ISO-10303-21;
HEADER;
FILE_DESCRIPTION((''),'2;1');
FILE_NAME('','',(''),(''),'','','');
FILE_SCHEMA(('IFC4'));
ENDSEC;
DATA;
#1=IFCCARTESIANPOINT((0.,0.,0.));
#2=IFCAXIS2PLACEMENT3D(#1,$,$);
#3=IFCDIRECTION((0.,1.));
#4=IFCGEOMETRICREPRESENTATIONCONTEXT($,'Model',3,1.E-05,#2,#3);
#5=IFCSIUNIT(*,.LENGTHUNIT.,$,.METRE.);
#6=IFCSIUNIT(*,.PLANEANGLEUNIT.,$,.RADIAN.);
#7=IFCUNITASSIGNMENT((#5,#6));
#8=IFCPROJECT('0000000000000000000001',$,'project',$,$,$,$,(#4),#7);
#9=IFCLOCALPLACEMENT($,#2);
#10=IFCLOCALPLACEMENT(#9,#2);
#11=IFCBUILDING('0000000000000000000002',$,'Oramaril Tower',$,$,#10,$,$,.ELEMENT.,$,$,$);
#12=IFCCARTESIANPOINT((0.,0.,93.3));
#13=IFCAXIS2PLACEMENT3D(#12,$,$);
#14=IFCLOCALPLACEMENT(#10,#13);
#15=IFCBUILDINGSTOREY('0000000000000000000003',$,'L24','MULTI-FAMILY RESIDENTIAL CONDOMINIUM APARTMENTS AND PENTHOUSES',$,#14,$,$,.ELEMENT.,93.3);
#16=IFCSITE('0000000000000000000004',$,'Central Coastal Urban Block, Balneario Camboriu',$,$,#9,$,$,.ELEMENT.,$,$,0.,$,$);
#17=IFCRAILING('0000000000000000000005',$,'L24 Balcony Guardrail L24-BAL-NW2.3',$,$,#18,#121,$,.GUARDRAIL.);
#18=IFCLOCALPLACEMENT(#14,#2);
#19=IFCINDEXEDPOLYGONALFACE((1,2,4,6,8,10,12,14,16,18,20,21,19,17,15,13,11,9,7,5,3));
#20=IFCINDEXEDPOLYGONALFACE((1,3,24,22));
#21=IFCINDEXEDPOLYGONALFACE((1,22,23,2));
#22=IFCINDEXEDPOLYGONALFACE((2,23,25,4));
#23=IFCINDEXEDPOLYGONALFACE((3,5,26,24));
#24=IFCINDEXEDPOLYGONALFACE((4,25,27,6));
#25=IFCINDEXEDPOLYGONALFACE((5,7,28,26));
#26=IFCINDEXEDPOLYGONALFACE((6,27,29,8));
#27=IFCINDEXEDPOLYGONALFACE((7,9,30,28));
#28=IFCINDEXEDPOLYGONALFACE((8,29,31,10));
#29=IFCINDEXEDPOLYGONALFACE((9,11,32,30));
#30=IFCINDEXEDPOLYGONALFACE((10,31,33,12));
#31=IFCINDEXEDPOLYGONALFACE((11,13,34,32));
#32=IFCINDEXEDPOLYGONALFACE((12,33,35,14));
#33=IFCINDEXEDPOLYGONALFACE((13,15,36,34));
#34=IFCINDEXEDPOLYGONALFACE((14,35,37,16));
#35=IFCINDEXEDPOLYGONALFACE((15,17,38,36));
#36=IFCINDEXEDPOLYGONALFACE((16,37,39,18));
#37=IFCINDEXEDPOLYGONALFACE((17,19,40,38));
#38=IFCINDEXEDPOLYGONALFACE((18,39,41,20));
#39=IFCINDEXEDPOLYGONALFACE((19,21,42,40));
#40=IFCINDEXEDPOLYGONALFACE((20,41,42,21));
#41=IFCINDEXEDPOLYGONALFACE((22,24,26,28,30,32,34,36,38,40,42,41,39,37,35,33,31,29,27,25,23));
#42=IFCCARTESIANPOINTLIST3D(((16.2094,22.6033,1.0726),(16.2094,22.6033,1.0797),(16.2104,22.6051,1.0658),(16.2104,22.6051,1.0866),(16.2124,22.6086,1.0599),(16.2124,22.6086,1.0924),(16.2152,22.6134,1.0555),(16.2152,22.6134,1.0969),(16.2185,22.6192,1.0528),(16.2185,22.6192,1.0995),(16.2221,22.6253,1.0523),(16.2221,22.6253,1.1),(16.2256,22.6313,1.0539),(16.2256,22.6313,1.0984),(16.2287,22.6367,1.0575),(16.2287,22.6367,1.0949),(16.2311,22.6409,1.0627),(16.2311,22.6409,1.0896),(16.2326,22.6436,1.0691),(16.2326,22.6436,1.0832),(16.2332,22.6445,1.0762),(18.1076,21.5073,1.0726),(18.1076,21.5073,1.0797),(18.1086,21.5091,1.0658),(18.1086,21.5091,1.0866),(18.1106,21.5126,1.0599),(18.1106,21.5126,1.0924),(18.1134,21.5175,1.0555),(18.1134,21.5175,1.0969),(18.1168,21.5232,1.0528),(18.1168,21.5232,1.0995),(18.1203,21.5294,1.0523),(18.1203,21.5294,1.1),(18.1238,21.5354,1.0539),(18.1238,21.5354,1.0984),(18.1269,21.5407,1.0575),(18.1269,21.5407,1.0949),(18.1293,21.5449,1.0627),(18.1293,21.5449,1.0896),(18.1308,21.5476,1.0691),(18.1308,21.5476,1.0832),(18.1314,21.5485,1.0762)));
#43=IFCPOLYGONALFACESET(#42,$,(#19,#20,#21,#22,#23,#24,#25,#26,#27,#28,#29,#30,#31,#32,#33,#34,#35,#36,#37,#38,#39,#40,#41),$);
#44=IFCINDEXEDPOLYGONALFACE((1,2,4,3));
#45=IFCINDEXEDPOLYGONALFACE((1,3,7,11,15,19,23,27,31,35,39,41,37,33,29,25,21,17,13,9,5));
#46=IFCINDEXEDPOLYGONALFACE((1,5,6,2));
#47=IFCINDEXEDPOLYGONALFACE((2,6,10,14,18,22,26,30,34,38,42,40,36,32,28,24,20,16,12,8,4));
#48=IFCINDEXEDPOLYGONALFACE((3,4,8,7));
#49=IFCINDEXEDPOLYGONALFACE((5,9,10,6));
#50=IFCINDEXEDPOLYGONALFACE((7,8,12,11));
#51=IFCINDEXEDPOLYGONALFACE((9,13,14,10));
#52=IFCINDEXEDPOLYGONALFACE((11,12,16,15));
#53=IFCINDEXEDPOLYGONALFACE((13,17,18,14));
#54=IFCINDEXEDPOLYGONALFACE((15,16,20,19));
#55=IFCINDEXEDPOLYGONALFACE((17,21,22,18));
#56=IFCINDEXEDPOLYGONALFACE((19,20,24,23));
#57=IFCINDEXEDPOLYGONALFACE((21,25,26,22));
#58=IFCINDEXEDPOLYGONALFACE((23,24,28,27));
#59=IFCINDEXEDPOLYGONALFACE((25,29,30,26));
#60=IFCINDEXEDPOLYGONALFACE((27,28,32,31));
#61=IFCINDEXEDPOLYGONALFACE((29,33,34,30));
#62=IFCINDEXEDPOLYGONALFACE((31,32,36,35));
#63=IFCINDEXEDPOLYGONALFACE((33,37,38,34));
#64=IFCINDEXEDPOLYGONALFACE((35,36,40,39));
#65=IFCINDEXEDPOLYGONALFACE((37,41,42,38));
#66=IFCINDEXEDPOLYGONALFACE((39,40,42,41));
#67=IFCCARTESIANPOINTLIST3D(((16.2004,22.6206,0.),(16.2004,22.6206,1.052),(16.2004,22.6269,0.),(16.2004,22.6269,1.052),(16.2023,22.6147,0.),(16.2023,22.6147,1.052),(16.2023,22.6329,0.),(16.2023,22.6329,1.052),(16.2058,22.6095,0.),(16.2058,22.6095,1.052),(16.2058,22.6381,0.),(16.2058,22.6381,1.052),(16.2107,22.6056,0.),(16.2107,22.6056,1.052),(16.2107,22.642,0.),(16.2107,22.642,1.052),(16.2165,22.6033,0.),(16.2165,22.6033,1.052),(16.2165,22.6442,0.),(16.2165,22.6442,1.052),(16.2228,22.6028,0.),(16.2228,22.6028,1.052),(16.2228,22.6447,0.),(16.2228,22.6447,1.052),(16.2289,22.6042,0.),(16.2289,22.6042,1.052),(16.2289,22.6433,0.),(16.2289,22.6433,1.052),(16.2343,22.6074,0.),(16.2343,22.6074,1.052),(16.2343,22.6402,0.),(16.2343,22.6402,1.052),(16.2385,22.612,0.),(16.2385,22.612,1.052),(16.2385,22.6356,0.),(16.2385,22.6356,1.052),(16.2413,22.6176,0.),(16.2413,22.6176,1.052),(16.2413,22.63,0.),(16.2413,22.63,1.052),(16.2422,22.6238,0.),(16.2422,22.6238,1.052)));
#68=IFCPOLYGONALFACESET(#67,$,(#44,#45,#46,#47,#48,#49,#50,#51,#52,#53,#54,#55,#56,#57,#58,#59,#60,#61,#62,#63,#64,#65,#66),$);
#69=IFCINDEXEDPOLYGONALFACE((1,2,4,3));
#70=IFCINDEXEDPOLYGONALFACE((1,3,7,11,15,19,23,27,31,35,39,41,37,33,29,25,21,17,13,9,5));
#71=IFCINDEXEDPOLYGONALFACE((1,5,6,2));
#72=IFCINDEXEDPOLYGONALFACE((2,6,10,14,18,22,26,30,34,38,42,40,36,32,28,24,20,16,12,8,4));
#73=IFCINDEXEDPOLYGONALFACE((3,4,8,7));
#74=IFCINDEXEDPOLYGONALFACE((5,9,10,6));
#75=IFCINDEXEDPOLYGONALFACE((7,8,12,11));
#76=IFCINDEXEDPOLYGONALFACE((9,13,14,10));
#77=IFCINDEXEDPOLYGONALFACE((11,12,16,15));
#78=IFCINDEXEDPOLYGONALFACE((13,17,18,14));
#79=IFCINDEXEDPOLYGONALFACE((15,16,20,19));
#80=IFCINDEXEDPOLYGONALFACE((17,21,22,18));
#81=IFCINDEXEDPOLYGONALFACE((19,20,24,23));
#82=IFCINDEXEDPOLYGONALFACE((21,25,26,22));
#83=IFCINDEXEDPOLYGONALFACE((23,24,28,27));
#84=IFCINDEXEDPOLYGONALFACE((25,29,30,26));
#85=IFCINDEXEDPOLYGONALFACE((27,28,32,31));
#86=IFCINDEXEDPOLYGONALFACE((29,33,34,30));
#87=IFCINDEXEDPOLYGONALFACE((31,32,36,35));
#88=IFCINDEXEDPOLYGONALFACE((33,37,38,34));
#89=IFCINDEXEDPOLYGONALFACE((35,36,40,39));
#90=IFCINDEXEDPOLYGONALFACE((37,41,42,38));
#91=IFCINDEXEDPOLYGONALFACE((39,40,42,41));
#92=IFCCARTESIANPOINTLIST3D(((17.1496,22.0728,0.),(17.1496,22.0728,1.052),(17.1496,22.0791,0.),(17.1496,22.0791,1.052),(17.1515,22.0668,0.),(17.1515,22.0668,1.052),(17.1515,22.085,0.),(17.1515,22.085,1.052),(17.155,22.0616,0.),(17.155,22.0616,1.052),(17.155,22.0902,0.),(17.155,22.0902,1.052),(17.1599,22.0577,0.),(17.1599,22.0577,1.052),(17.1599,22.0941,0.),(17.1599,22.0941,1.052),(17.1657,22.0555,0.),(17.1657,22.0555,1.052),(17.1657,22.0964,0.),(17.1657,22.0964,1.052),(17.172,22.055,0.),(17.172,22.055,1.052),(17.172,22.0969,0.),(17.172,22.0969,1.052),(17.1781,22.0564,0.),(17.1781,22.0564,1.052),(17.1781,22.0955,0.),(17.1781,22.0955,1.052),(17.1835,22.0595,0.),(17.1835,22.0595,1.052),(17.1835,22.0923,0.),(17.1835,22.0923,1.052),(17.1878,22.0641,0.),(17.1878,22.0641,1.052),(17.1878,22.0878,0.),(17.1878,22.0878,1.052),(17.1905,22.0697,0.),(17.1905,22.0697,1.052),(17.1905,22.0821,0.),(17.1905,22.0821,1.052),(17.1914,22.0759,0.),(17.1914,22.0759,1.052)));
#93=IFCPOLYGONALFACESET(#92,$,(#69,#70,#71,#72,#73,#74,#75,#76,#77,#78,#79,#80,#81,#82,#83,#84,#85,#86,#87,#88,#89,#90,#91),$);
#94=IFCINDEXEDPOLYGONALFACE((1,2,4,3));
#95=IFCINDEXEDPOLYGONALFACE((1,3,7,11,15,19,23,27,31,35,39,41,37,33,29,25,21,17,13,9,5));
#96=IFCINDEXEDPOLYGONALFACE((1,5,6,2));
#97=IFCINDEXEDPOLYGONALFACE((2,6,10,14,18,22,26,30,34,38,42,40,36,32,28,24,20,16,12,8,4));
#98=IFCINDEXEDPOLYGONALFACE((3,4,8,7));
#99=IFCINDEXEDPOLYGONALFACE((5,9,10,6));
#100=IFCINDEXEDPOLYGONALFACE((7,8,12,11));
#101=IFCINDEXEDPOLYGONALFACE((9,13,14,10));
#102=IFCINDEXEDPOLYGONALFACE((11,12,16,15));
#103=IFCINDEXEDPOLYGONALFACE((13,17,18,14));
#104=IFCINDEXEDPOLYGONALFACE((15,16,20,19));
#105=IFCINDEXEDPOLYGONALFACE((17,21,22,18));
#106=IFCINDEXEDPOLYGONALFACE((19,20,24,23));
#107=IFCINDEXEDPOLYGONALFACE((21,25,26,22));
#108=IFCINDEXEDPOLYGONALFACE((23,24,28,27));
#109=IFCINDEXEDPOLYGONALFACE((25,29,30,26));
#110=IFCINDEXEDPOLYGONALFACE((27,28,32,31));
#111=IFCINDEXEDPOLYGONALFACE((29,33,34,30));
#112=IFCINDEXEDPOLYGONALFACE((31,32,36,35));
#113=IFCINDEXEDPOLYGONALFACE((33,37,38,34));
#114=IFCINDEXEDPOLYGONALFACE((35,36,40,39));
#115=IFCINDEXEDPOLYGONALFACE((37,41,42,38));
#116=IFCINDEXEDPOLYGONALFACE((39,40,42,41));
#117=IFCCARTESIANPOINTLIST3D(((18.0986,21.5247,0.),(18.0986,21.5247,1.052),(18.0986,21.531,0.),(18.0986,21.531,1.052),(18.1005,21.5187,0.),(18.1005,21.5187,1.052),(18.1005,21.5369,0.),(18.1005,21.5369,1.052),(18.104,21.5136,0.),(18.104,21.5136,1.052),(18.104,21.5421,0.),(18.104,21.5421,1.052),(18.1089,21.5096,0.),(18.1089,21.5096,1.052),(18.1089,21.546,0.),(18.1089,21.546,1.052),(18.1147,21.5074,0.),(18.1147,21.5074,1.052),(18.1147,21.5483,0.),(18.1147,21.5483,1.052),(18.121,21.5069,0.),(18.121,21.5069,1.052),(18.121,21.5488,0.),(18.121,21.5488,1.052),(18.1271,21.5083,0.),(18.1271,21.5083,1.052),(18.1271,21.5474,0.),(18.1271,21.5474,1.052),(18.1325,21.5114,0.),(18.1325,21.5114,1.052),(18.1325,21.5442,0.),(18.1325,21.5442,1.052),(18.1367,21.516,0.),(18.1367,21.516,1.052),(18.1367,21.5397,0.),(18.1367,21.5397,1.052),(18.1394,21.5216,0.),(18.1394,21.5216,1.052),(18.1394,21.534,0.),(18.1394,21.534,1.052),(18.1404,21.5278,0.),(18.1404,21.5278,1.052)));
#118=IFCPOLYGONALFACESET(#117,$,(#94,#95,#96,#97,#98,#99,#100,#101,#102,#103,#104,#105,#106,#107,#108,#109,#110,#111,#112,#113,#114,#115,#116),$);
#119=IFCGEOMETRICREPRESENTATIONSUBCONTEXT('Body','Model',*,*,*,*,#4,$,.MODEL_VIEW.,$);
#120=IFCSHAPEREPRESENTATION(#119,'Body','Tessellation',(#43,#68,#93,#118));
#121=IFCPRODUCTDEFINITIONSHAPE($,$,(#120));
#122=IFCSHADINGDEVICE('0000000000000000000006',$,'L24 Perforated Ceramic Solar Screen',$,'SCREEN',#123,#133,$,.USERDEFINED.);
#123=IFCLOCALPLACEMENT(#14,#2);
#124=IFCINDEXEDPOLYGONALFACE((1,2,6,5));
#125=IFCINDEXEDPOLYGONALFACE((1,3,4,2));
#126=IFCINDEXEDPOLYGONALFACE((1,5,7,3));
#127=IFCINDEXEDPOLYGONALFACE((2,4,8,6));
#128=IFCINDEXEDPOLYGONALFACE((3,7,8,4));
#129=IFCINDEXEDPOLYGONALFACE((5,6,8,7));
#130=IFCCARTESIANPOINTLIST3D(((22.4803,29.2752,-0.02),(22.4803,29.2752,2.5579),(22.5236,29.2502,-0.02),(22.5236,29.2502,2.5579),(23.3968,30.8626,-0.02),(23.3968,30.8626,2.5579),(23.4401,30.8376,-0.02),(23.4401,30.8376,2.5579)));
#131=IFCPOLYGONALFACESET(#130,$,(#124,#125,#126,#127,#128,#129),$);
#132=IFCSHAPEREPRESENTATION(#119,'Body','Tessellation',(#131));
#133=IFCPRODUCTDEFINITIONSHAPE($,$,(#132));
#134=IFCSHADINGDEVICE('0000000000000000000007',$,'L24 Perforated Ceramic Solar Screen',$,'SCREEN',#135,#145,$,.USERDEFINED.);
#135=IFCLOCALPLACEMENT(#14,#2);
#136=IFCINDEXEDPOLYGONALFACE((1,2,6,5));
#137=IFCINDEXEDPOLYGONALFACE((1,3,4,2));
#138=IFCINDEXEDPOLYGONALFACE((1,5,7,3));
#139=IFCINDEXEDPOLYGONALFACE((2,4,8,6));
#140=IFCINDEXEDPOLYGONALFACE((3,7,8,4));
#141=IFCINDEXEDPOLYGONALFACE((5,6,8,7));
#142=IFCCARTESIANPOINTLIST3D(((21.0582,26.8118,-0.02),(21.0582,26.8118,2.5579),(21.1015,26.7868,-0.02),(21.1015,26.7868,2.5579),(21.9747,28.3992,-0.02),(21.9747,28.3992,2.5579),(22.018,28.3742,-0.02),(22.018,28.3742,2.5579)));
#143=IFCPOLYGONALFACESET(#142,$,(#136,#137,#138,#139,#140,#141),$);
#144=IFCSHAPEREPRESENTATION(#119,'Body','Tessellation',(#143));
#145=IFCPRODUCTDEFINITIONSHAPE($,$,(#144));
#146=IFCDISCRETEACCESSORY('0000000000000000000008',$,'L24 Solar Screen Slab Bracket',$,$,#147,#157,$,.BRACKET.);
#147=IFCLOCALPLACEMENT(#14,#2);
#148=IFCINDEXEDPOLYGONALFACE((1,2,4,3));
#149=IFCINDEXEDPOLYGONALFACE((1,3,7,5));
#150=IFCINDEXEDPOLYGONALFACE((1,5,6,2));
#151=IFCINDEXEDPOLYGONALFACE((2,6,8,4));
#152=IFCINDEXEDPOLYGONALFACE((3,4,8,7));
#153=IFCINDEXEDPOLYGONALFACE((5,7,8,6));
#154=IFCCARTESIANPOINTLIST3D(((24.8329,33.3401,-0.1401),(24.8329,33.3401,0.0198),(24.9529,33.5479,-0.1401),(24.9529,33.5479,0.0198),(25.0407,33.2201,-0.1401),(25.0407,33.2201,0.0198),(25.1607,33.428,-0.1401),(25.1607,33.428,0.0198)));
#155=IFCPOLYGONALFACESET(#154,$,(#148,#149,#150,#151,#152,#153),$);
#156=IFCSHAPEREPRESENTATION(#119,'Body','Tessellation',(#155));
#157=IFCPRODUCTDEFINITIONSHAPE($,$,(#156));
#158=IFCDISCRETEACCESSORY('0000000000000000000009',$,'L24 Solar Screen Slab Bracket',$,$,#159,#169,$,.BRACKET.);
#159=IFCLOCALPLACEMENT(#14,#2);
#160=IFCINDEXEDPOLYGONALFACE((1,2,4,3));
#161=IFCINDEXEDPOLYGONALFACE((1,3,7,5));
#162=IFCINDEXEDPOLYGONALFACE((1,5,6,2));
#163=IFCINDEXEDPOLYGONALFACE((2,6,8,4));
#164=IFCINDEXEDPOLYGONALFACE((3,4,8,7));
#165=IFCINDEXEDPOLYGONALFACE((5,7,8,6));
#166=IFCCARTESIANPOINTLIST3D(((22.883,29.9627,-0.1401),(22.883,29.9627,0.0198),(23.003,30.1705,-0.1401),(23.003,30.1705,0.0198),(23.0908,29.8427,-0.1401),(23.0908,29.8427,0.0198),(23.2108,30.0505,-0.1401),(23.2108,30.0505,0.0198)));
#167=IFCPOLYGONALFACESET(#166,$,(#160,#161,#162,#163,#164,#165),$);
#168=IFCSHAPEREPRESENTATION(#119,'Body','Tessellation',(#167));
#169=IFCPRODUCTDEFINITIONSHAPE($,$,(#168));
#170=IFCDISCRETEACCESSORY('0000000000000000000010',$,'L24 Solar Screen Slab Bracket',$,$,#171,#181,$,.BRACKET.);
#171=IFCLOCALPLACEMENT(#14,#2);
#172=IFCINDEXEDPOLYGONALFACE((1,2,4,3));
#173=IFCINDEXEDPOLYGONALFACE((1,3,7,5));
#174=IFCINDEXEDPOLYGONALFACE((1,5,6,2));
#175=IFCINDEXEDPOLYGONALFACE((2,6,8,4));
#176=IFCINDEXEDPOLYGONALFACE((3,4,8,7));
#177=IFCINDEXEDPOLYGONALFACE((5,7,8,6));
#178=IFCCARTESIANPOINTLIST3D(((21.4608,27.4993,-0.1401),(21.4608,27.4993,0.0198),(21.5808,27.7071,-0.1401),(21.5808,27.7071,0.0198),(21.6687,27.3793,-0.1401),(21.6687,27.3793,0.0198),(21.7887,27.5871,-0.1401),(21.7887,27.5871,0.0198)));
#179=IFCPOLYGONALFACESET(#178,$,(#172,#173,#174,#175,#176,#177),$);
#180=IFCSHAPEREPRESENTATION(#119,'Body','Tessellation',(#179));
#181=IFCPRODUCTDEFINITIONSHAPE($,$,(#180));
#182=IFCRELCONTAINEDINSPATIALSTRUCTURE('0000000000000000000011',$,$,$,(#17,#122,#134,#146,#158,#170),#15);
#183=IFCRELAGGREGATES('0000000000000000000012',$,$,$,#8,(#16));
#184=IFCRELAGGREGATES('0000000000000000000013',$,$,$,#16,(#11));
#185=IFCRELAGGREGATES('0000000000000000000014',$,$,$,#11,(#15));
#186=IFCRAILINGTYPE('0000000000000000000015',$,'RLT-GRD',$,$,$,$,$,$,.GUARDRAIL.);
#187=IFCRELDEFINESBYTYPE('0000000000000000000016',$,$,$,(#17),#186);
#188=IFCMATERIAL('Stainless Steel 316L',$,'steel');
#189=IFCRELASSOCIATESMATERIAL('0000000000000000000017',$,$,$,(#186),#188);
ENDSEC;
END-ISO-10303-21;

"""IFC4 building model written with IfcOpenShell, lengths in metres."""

from ifc_helpers import new_model, si_unit, direction, frame, origin, origin_2d, place, context, subcontext, project, spatial, rectangle, circle, extrude, material, type_object, element, save


model = new_model("IFC4")

# Units and contexts
model_context = context("Model", 3, precision=1e-05, world=origin(), true_north=direction((0.0, 1.0)))
body_context = subcontext(model_context, "Body", "Model", "MODEL_VIEW")
ifc_project = project(units=[si_unit("LENGTHUNIT", "METRE"), si_unit("PLANEANGLEUNIT", "RADIAN")], contexts=[model_context])

# Site, building, storey
site_placement = place(None, origin())
site = spatial("IfcSite", under=ifc_project, at=site_placement, Name="Central Coastal Urban Block, Balneario Camboriu", CompositionType="ELEMENT", RefElevation=0.0)
building_placement = place(site_placement, origin())
building = spatial("IfcBuilding", under=site, at=building_placement, Name="Oramaril Tower", CompositionType="ELEMENT")
storey_placement = place(building_placement, frame((0.0, 0.0, 93.3)))
storey = spatial("IfcBuildingStorey", under=building, at=storey_placement, Name="L24", Description="MULTI-FAMILY RESIDENTIAL CONDOMINIUM APARTMENTS AND PENTHOUSES", CompositionType="ELEMENT", Elevation=93.3)

# Railing
ifc_material_1 = material(Name="Stainless Steel 316L", Category="steel")
railing_type = type_object("IfcRailingType", Name="RLT-GRD", PredefinedType="GUARDRAIL", material=ifc_material_1)
railing_placement = place(storey_placement, frame((16.2212, 22.6238, 0.0)))
element("IfcRailing", 1, at=railing_placement, inside=storey, type_object=railing_type, Name="L24 Balcony Guardrail L24-BAL-NW2.3", PredefinedType="GUARDRAIL", context=body_context, shape_type="SweptSolid", body=[
    extrude(circle(Radius=0.0239, at=origin_2d()), frame((0.0, 0.0, 1.0762), z_axis=(0.866021, -0.500008, 0.0), x_axis=(0.500008, 0.866021, 0.0)), (0.0, 0.0, 1.0), 2.1919),
    extrude(circle(Radius=0.021, at=origin_2d()), origin(), (0.0, 0.0, 1.0), 1.052),
    extrude(circle(Radius=0.021, at=origin_2d()), frame((0.9492, -0.5479, 0.0)), (0.0, 0.0, 1.0), 1.052),
    extrude(circle(Radius=0.021, at=origin_2d()), frame((1.8982, -1.0959, 0.0)), (0.0, 0.0, 1.0), 1.052),
])

# Shading devices
for number, where, z_axis, x_axis, name in (
    (2, (22.9602, 30.0564, -0.02), (0.0, 0.0, 1.0), (-0.5, -0.866025, 0.0), "L24 Perforated Ceramic Solar Screen"),
    (3, (21.5381, 27.593, -0.02), (0.0, 0.0, 1.0), (-0.5, -0.866025, 0.0), "L24 Perforated Ceramic Solar Screen"),
):
    element("IfcShadingDevice", number, at=place(storey_placement, frame(where, z_axis=z_axis, x_axis=x_axis)), inside=storey, Name=name, ObjectType="SCREEN", PredefinedType="USERDEFINED", context=body_context, shape_type="SweptSolid", body=[
        extrude(rectangle(XDim=1.833, YDim=0.05, at=origin_2d()), origin(), (0.0, 0.0, 1.0), 2.5779),
    ])

# Discrete accessories
for number, where, z_axis, x_axis, name in (
    (4, (24.9968, 33.384, -0.1401), (0.0, 0.0, 1.0), (-0.5, -0.866025, 0.0), "L24 Solar Screen Slab Bracket"),
    (5, (23.0469, 30.0066, -0.1401), (0.0, 0.0, 1.0), (-0.5, -0.866025, 0.0), "L24 Solar Screen Slab Bracket"),
    (6, (21.6248, 27.5432, -0.1401), (0.0, 0.0, 1.0), (-0.5, -0.866025, 0.0), "L24 Solar Screen Slab Bracket"),
):
    element("IfcDiscreteAccessory", number, at=place(storey_placement, frame(where, z_axis=z_axis, x_axis=x_axis)), inside=storey, Name=name, PredefinedType="BRACKET", context=body_context, shape_type="SweptSolid", body=[
        extrude(rectangle(XDim=0.24, YDim=0.24, at=origin_2d()), origin(), (0.0, 0.0, 1.0), 0.1599),
    ])

save(model, "model.ifc")
